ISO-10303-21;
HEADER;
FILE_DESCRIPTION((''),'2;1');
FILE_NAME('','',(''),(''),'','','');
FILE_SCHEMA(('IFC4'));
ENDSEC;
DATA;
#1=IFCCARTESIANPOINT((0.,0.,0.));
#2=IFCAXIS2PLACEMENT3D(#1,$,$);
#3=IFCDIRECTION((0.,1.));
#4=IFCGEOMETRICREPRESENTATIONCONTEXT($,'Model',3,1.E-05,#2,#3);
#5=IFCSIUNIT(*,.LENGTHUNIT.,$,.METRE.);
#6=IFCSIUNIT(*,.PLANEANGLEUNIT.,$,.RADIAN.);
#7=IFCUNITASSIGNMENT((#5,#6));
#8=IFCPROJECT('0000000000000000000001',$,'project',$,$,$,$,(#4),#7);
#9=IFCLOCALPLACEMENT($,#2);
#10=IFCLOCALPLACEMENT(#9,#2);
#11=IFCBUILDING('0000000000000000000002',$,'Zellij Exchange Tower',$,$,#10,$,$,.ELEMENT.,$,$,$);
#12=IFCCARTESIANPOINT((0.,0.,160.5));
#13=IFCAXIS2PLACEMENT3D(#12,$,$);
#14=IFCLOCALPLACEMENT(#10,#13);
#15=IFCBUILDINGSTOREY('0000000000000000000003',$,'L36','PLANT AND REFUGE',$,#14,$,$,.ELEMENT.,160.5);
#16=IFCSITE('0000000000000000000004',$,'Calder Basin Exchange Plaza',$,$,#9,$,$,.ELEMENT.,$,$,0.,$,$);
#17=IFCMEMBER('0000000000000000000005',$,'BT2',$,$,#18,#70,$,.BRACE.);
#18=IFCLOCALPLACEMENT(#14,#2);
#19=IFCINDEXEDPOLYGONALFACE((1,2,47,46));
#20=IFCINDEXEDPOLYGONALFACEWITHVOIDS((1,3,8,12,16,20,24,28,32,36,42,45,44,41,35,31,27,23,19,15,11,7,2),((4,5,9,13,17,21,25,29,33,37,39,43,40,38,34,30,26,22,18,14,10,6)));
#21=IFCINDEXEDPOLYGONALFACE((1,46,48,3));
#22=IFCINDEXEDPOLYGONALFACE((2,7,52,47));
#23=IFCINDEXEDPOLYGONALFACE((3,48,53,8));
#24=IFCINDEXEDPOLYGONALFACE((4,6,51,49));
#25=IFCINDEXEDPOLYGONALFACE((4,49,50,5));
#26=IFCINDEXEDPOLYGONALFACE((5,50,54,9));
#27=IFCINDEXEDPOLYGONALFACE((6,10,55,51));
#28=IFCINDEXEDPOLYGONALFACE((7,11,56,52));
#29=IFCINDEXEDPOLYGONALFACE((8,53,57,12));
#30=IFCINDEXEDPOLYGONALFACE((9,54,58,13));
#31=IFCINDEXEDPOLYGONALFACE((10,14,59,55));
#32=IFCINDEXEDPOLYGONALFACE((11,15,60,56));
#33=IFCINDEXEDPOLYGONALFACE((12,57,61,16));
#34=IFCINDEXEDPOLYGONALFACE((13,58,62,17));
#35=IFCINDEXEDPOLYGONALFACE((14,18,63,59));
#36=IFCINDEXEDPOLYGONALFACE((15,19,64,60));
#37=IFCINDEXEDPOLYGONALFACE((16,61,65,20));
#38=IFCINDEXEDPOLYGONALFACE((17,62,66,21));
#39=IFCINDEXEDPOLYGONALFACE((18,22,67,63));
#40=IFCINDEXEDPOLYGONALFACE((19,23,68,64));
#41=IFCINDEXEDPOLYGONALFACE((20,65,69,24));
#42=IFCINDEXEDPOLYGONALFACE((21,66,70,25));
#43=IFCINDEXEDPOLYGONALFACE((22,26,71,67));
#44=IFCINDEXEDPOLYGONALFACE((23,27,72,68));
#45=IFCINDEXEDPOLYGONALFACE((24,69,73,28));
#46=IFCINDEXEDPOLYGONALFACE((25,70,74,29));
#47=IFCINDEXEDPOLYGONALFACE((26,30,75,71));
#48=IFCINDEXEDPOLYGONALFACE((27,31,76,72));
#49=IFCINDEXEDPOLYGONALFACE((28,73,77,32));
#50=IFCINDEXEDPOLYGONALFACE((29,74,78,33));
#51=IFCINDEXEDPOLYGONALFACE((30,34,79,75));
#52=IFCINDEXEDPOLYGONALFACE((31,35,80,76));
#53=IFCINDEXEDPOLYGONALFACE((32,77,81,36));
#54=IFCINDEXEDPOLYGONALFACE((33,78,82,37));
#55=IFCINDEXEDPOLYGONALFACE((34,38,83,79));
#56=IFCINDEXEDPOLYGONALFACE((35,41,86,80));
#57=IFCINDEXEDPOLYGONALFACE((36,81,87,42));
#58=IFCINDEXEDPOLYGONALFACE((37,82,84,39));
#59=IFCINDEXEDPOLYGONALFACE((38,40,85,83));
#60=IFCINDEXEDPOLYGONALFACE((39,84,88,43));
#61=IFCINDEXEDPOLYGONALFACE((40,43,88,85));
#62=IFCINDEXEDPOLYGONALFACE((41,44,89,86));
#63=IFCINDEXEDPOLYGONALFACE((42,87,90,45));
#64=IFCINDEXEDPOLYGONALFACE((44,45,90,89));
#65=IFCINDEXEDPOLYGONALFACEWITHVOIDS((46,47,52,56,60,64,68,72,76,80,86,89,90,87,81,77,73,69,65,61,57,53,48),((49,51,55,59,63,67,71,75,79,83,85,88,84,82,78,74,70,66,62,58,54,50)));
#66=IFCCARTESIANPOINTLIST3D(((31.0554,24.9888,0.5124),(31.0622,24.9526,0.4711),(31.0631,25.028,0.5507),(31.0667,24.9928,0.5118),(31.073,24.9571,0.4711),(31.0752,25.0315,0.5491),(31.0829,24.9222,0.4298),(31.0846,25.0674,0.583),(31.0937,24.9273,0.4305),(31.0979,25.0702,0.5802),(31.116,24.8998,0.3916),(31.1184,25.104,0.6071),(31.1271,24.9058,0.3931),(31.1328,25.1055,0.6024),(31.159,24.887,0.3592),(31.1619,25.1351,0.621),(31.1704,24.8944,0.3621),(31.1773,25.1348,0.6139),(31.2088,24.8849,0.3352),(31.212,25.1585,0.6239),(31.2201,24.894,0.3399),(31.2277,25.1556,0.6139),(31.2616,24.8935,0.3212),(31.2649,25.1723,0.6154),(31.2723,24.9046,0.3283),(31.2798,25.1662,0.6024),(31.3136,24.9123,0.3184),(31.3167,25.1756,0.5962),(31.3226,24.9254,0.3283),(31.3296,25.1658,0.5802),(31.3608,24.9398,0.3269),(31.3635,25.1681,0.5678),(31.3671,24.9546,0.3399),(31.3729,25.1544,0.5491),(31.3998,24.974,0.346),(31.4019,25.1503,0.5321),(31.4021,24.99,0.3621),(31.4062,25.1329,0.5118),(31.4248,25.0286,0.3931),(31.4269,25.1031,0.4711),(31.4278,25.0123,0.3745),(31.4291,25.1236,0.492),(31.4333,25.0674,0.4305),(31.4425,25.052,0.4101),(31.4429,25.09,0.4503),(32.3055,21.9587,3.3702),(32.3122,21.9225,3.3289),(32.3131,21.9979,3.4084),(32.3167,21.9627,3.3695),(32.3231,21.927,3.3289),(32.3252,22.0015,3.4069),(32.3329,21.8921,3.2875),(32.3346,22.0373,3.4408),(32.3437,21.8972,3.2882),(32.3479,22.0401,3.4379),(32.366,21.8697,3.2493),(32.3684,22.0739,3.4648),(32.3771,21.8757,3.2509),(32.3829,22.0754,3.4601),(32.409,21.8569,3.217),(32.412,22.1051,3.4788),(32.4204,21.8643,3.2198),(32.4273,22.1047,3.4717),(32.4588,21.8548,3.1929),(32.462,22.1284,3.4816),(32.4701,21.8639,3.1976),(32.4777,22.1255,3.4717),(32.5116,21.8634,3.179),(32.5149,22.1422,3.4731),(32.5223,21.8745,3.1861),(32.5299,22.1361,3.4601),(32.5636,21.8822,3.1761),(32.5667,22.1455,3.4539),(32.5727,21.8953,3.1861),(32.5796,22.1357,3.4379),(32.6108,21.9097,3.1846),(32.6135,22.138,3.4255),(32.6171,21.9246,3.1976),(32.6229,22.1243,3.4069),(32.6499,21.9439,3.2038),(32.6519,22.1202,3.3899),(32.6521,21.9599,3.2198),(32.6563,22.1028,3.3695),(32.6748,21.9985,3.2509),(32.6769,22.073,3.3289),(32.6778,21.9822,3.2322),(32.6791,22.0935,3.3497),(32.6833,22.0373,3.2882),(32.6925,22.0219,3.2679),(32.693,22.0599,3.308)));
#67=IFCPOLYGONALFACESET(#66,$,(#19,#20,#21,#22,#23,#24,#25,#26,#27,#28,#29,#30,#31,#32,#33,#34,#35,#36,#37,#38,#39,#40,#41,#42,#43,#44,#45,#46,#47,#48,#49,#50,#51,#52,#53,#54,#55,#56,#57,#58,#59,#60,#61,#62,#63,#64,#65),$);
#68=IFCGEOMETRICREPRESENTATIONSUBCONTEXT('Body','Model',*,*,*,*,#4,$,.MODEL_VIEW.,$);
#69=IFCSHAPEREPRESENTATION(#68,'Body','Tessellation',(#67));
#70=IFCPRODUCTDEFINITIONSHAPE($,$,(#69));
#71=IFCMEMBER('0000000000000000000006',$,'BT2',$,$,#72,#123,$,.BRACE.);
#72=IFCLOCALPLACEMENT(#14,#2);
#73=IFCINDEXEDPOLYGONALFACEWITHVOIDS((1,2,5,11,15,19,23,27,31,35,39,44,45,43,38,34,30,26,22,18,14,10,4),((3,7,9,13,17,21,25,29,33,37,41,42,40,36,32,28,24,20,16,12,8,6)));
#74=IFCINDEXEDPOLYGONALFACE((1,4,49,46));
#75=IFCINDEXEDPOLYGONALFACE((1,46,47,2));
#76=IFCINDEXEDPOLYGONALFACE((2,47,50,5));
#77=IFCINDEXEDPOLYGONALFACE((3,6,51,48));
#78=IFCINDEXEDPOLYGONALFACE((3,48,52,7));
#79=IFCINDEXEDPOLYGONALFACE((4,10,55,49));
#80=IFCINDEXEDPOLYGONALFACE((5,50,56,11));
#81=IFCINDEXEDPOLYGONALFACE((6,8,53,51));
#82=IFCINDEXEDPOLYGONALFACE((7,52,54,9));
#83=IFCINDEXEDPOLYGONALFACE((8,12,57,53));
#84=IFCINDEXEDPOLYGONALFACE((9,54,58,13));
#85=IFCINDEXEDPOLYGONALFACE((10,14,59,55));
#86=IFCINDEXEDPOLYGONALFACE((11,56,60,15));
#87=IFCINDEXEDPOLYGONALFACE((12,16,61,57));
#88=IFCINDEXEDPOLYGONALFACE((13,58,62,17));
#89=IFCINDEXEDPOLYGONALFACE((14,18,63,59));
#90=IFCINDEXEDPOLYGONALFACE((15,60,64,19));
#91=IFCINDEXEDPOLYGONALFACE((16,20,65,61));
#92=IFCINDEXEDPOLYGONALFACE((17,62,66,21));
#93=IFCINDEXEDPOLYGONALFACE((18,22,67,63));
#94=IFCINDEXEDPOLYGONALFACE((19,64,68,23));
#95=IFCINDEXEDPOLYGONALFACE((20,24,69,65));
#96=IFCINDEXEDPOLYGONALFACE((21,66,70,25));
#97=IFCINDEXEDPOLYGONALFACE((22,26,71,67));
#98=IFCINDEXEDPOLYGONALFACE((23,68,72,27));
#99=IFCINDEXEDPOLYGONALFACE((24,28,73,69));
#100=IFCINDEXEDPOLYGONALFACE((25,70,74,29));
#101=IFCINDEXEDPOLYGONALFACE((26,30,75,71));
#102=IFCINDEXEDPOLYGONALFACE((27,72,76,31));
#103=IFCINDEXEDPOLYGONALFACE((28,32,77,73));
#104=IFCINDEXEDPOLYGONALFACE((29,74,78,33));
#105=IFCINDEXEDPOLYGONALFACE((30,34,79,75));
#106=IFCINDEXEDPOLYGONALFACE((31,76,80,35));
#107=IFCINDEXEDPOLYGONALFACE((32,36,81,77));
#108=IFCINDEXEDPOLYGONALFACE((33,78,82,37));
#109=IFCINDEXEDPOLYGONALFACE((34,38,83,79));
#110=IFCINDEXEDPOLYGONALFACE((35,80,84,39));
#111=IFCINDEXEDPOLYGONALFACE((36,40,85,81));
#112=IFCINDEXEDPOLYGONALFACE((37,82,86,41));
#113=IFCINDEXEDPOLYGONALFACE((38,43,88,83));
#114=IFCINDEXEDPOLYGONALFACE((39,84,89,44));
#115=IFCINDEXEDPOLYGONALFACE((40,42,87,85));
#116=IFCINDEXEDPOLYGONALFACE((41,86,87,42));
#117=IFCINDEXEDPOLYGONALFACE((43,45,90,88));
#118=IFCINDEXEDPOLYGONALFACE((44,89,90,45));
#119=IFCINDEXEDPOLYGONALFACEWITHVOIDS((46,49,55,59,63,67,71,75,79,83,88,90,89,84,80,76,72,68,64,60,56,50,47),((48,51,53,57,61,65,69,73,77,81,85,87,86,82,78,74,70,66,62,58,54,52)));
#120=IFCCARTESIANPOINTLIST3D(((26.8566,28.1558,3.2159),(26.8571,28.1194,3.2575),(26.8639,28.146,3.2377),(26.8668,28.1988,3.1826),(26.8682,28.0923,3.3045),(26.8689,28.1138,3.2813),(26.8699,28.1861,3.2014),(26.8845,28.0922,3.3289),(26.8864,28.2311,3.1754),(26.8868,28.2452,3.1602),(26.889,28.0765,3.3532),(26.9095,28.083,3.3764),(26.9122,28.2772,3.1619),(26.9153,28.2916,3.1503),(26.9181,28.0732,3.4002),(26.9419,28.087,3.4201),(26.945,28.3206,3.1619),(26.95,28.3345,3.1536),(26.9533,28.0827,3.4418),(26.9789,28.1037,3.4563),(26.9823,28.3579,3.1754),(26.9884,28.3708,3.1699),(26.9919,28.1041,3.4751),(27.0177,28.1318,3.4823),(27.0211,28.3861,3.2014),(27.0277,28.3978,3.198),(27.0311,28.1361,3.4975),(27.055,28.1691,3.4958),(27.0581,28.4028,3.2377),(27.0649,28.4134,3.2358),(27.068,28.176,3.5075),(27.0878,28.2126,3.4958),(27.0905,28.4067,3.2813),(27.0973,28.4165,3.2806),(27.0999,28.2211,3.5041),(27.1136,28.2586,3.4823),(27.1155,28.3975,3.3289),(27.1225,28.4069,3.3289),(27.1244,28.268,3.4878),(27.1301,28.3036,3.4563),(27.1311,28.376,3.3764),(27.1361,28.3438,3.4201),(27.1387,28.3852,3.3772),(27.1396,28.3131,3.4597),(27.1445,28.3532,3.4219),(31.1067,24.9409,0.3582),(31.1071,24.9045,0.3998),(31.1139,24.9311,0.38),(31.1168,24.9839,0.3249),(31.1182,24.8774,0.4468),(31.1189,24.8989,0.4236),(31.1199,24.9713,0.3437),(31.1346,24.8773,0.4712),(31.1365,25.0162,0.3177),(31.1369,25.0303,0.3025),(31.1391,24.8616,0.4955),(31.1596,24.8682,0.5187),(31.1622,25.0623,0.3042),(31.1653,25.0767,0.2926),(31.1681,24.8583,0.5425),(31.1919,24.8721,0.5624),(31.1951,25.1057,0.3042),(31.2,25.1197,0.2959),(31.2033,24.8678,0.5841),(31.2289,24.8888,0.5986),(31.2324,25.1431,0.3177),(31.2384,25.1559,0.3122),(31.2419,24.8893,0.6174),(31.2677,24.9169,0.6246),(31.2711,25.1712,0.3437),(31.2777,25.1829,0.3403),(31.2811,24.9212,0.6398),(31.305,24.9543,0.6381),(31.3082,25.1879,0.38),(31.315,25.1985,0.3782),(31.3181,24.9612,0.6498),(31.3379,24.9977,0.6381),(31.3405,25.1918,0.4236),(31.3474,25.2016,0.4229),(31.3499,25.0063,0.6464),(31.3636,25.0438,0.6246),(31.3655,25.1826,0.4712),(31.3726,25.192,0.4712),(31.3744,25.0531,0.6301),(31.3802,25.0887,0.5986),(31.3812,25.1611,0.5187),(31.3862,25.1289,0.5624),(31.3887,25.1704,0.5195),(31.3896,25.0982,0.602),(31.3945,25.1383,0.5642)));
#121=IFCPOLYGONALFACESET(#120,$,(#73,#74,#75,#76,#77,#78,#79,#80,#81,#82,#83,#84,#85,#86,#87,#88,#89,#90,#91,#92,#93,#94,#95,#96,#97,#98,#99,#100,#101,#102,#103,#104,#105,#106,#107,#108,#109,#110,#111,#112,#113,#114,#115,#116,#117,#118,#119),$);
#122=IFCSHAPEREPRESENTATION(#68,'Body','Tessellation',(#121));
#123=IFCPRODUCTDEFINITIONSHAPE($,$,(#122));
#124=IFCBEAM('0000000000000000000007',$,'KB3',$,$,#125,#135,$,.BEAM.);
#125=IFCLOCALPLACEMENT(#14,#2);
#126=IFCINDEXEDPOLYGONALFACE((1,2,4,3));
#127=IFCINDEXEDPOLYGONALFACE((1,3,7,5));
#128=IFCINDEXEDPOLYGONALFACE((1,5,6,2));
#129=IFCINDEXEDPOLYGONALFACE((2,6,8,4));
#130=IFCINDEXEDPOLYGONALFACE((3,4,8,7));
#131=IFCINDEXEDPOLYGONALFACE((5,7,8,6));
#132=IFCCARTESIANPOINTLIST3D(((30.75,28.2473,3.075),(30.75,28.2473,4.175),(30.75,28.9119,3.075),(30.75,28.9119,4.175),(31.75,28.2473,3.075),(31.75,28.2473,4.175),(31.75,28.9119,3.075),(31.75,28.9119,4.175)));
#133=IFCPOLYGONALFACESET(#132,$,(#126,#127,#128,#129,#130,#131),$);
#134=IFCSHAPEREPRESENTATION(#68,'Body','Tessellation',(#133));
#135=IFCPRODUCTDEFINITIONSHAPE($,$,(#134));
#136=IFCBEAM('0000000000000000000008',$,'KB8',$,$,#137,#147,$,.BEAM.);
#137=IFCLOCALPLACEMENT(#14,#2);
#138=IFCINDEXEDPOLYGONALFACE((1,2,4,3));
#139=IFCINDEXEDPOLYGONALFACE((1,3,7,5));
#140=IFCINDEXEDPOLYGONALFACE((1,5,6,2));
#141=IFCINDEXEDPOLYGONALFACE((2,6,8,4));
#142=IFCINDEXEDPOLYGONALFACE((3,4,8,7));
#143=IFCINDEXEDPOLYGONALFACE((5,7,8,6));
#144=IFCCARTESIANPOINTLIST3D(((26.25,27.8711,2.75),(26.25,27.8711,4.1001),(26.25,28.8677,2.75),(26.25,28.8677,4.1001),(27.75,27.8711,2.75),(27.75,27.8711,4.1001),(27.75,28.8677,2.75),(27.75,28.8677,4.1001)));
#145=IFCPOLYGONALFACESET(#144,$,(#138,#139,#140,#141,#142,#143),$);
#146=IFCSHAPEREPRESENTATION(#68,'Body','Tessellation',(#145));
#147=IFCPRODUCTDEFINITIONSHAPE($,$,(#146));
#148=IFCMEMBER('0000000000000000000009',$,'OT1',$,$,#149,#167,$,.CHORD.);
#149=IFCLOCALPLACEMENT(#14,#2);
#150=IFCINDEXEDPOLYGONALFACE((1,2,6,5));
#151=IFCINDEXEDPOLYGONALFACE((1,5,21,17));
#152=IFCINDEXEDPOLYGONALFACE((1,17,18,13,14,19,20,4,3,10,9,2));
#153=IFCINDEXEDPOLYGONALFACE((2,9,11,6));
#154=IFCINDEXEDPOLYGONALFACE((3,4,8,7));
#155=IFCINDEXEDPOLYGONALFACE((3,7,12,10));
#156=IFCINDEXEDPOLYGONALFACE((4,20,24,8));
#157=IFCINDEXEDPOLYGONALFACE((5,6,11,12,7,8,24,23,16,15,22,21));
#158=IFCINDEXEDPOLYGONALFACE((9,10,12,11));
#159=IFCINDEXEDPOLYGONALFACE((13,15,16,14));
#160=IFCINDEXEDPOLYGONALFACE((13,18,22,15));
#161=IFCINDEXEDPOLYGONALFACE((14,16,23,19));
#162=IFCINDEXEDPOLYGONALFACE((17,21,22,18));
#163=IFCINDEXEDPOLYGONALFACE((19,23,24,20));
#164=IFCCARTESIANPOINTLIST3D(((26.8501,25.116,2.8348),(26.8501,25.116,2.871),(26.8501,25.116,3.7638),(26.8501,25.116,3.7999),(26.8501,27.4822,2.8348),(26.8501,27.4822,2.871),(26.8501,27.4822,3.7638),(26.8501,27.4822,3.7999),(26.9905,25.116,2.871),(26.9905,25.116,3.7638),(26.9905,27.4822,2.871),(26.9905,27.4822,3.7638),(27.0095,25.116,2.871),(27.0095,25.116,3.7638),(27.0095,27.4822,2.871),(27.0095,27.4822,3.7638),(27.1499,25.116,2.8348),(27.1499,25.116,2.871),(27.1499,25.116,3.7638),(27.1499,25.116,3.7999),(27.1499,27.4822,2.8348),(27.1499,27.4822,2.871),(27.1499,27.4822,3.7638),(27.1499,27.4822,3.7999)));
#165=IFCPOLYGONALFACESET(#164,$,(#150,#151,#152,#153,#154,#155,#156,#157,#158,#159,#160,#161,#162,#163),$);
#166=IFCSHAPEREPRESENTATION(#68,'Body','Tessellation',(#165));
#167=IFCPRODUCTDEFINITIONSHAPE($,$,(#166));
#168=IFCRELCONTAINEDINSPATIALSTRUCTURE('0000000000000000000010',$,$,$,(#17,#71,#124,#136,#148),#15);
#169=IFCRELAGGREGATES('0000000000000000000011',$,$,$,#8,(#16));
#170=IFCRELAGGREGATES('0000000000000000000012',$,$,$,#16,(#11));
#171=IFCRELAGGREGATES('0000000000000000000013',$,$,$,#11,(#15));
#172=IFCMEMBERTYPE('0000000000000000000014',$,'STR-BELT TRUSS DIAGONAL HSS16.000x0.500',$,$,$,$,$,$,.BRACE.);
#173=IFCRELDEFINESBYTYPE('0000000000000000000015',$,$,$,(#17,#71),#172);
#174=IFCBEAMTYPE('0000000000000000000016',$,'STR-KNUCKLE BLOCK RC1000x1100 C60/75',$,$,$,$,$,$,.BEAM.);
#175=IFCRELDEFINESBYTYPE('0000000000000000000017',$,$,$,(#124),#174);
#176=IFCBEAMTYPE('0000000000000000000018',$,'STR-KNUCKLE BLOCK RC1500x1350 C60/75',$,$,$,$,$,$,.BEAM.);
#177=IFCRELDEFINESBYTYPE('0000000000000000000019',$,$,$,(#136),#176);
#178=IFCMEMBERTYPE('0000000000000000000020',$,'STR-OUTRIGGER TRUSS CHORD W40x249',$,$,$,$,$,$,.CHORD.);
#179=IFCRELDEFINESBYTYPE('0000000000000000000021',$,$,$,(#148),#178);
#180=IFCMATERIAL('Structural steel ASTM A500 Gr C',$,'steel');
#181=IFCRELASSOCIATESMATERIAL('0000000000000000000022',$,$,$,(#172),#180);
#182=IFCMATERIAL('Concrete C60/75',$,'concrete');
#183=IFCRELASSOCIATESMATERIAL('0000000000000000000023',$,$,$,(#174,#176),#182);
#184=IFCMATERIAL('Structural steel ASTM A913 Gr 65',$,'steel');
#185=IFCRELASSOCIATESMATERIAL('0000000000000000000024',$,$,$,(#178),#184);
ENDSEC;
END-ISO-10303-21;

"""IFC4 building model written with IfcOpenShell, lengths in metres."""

from ifc_helpers import new_model, si_unit, direction, frame, origin, origin_2d, place, context, subcontext, project, spatial, rectangle, hollow_circle, i_section, extrude, material, material_profile, profile_set, type_object, element, save


model = new_model("IFC4")

# Units and contexts
model_context = context("Model", 3, precision=1e-05, world=origin(), true_north=direction((0.0, 1.0)))
body_context = subcontext(model_context, "Body", "Model", "MODEL_VIEW")
ifc_project = project(units=[si_unit("LENGTHUNIT", "METRE"), si_unit("PLANEANGLEUNIT", "RADIAN")], contexts=[model_context])

# Site, building, storey
site_placement = place(None, origin())
site = spatial("IfcSite", under=ifc_project, at=site_placement, Name="Calder Basin Exchange Plaza", CompositionType="ELEMENT", RefElevation=0.0)
building_placement = place(site_placement, origin())
building = spatial("IfcBuilding", under=site, at=building_placement, Name="Zellij Exchange Tower", CompositionType="ELEMENT")
storey_placement = place(building_placement, frame((0.0, 0.0, 160.5)))
storey = spatial("IfcBuildingStorey", under=building, at=storey_placement, Name="L36", Description="PLANT AND REFUGE", CompositionType="ELEMENT", Elevation=160.5)

# Shared definitions
ifc_material_1 = material(Name="Concrete C60/75", Category="concrete")

# Members
ifc_material_2 = material(Name="Structural steel ASTM A500 Gr C", Category="steel")
ifc_material_profile_1 = material_profile(ifc_material_2, hollow_circle(Radius=0.2031, WallThickness=0.0117, at=origin_2d()), Name="STR-BELT TRUSS DIAGONAL HSS16.000x0.500")
ifc_profile_set_1 = profile_set([ifc_material_profile_1], Name="Structural steel ASTM A500 Gr C")
member_type_1 = type_object("IfcMemberType", Name="STR-BELT TRUSS DIAGONAL HSS16.000x0.500", PredefinedType="BRACE", material=ifc_profile_set_1)
member_1_placement = place(storey_placement, frame((32.5, 22.0, 3.3289), z_axis=(-0.287453, 0.696792, -0.657155), x_axis=(-0.924426, -0.38136, 0.0)))
element("IfcMember", 1, at=member_1_placement, inside=storey, type_object=member_type_1, Name="BT2", PredefinedType="BRACE", context=body_context, shape_type="SweptSolid", body=[
    extrude(hollow_circle(Radius=0.2031, WallThickness=0.0117, at=origin_2d()), origin(), (0.0, 0.0, 1.0), 4.3486),
])
member_2_placement = place(storey_placement, frame((27.0, 28.2449, 3.3289), z_axis=(0.702849, -0.531659, -0.47259), x_axis=(0.603279, 0.79753, 0.0)))
element("IfcMember", 2, at=member_2_placement, inside=storey, type_object=member_type_1, Name="BT2", PredefinedType="BRACE", context=body_context, shape_type="SweptSolid", body=[
    extrude(hollow_circle(Radius=0.2031, WallThickness=0.0117, at=origin_2d()), origin(), (0.0, 0.0, 1.0), 6.0469),
])

# Beams
ifc_material_profile_2 = material_profile(ifc_material_1, rectangle(XDim=1.0, YDim=1.1001, at=origin_2d()), Name="STR-KNUCKLE BLOCK RC1000x1100 C60/75")
ifc_profile_set_2 = profile_set([ifc_material_profile_2], Name="Concrete C60/75")
beam_type_1 = type_object("IfcBeamType", Name="STR-KNUCKLE BLOCK RC1000x1100 C60/75", PredefinedType="BEAM", material=ifc_profile_set_2)
beam_1_placement = place(storey_placement, frame((31.25, 28.2473, 3.625), z_axis=(0.0, 1.0, 0.0), x_axis=(-1.0, 0.0, 0.0)))
element("IfcBeam", 3, at=beam_1_placement, inside=storey, type_object=beam_type_1, Name="KB3", PredefinedType="BEAM", context=body_context, shape_type="SweptSolid", body=[
    extrude(rectangle(XDim=1.0, YDim=1.1001, at=origin_2d()), origin(), (0.0, 0.0, 1.0), 0.6646),
])
ifc_material_profile_3 = material_profile(ifc_material_1, rectangle(XDim=1.5, YDim=1.3501, at=origin_2d()), Name="STR-KNUCKLE BLOCK RC1500x1350 C60/75")
ifc_profile_set_3 = profile_set([ifc_material_profile_3], Name="Concrete C60/75")
beam_type_2 = type_object("IfcBeamType", Name="STR-KNUCKLE BLOCK RC1500x1350 C60/75", PredefinedType="BEAM", material=ifc_profile_set_3)
beam_2_placement = place(storey_placement, frame((27.0, 27.8711, 3.425), z_axis=(0.0, 1.0, 0.0), x_axis=(-1.0, 0.0, 0.0)))
element("IfcBeam", 4, at=beam_2_placement, inside=storey, type_object=beam_type_2, Name="KB8", PredefinedType="BEAM", context=body_context, shape_type="SweptSolid", body=[
    extrude(rectangle(XDim=1.5, YDim=1.3501, at=origin_2d()), origin(), (0.0, 0.0, 1.0), 0.9966),
])

# Member
ifc_material_3 = material(Name="Structural steel ASTM A913 Gr 65", Category="steel")
ifc_material_profile_4 = material_profile(ifc_material_3, i_section(OverallWidth=0.2998, OverallDepth=0.9651, WebThickness=0.019, FlangeThickness=0.0361, at=origin_2d()), Name="W40x249")
ifc_profile_set_4 = profile_set([ifc_material_profile_4], Name="Structural steel ASTM A913 Gr 65")
member_type_2 = type_object("IfcMemberType", Name="STR-OUTRIGGER TRUSS CHORD W40x249", PredefinedType="CHORD", material=ifc_profile_set_4)
member_3_placement = place(storey_placement, frame((27.0, 25.116, 3.3174), z_axis=(0.0, 1.0, 0.0), x_axis=(-1.0, 0.0, 0.0)))
element("IfcMember", 5, at=member_3_placement, inside=storey, type_object=member_type_2, Name="OT1", PredefinedType="CHORD", context=body_context, shape_type="SweptSolid", body=[
    extrude(i_section(OverallWidth=0.2998, OverallDepth=0.9651, WebThickness=0.019, FlangeThickness=0.0361, at=origin_2d()), origin(), (0.0, 0.0, 1.0), 2.3662),
])

save(model, "model.ifc")
